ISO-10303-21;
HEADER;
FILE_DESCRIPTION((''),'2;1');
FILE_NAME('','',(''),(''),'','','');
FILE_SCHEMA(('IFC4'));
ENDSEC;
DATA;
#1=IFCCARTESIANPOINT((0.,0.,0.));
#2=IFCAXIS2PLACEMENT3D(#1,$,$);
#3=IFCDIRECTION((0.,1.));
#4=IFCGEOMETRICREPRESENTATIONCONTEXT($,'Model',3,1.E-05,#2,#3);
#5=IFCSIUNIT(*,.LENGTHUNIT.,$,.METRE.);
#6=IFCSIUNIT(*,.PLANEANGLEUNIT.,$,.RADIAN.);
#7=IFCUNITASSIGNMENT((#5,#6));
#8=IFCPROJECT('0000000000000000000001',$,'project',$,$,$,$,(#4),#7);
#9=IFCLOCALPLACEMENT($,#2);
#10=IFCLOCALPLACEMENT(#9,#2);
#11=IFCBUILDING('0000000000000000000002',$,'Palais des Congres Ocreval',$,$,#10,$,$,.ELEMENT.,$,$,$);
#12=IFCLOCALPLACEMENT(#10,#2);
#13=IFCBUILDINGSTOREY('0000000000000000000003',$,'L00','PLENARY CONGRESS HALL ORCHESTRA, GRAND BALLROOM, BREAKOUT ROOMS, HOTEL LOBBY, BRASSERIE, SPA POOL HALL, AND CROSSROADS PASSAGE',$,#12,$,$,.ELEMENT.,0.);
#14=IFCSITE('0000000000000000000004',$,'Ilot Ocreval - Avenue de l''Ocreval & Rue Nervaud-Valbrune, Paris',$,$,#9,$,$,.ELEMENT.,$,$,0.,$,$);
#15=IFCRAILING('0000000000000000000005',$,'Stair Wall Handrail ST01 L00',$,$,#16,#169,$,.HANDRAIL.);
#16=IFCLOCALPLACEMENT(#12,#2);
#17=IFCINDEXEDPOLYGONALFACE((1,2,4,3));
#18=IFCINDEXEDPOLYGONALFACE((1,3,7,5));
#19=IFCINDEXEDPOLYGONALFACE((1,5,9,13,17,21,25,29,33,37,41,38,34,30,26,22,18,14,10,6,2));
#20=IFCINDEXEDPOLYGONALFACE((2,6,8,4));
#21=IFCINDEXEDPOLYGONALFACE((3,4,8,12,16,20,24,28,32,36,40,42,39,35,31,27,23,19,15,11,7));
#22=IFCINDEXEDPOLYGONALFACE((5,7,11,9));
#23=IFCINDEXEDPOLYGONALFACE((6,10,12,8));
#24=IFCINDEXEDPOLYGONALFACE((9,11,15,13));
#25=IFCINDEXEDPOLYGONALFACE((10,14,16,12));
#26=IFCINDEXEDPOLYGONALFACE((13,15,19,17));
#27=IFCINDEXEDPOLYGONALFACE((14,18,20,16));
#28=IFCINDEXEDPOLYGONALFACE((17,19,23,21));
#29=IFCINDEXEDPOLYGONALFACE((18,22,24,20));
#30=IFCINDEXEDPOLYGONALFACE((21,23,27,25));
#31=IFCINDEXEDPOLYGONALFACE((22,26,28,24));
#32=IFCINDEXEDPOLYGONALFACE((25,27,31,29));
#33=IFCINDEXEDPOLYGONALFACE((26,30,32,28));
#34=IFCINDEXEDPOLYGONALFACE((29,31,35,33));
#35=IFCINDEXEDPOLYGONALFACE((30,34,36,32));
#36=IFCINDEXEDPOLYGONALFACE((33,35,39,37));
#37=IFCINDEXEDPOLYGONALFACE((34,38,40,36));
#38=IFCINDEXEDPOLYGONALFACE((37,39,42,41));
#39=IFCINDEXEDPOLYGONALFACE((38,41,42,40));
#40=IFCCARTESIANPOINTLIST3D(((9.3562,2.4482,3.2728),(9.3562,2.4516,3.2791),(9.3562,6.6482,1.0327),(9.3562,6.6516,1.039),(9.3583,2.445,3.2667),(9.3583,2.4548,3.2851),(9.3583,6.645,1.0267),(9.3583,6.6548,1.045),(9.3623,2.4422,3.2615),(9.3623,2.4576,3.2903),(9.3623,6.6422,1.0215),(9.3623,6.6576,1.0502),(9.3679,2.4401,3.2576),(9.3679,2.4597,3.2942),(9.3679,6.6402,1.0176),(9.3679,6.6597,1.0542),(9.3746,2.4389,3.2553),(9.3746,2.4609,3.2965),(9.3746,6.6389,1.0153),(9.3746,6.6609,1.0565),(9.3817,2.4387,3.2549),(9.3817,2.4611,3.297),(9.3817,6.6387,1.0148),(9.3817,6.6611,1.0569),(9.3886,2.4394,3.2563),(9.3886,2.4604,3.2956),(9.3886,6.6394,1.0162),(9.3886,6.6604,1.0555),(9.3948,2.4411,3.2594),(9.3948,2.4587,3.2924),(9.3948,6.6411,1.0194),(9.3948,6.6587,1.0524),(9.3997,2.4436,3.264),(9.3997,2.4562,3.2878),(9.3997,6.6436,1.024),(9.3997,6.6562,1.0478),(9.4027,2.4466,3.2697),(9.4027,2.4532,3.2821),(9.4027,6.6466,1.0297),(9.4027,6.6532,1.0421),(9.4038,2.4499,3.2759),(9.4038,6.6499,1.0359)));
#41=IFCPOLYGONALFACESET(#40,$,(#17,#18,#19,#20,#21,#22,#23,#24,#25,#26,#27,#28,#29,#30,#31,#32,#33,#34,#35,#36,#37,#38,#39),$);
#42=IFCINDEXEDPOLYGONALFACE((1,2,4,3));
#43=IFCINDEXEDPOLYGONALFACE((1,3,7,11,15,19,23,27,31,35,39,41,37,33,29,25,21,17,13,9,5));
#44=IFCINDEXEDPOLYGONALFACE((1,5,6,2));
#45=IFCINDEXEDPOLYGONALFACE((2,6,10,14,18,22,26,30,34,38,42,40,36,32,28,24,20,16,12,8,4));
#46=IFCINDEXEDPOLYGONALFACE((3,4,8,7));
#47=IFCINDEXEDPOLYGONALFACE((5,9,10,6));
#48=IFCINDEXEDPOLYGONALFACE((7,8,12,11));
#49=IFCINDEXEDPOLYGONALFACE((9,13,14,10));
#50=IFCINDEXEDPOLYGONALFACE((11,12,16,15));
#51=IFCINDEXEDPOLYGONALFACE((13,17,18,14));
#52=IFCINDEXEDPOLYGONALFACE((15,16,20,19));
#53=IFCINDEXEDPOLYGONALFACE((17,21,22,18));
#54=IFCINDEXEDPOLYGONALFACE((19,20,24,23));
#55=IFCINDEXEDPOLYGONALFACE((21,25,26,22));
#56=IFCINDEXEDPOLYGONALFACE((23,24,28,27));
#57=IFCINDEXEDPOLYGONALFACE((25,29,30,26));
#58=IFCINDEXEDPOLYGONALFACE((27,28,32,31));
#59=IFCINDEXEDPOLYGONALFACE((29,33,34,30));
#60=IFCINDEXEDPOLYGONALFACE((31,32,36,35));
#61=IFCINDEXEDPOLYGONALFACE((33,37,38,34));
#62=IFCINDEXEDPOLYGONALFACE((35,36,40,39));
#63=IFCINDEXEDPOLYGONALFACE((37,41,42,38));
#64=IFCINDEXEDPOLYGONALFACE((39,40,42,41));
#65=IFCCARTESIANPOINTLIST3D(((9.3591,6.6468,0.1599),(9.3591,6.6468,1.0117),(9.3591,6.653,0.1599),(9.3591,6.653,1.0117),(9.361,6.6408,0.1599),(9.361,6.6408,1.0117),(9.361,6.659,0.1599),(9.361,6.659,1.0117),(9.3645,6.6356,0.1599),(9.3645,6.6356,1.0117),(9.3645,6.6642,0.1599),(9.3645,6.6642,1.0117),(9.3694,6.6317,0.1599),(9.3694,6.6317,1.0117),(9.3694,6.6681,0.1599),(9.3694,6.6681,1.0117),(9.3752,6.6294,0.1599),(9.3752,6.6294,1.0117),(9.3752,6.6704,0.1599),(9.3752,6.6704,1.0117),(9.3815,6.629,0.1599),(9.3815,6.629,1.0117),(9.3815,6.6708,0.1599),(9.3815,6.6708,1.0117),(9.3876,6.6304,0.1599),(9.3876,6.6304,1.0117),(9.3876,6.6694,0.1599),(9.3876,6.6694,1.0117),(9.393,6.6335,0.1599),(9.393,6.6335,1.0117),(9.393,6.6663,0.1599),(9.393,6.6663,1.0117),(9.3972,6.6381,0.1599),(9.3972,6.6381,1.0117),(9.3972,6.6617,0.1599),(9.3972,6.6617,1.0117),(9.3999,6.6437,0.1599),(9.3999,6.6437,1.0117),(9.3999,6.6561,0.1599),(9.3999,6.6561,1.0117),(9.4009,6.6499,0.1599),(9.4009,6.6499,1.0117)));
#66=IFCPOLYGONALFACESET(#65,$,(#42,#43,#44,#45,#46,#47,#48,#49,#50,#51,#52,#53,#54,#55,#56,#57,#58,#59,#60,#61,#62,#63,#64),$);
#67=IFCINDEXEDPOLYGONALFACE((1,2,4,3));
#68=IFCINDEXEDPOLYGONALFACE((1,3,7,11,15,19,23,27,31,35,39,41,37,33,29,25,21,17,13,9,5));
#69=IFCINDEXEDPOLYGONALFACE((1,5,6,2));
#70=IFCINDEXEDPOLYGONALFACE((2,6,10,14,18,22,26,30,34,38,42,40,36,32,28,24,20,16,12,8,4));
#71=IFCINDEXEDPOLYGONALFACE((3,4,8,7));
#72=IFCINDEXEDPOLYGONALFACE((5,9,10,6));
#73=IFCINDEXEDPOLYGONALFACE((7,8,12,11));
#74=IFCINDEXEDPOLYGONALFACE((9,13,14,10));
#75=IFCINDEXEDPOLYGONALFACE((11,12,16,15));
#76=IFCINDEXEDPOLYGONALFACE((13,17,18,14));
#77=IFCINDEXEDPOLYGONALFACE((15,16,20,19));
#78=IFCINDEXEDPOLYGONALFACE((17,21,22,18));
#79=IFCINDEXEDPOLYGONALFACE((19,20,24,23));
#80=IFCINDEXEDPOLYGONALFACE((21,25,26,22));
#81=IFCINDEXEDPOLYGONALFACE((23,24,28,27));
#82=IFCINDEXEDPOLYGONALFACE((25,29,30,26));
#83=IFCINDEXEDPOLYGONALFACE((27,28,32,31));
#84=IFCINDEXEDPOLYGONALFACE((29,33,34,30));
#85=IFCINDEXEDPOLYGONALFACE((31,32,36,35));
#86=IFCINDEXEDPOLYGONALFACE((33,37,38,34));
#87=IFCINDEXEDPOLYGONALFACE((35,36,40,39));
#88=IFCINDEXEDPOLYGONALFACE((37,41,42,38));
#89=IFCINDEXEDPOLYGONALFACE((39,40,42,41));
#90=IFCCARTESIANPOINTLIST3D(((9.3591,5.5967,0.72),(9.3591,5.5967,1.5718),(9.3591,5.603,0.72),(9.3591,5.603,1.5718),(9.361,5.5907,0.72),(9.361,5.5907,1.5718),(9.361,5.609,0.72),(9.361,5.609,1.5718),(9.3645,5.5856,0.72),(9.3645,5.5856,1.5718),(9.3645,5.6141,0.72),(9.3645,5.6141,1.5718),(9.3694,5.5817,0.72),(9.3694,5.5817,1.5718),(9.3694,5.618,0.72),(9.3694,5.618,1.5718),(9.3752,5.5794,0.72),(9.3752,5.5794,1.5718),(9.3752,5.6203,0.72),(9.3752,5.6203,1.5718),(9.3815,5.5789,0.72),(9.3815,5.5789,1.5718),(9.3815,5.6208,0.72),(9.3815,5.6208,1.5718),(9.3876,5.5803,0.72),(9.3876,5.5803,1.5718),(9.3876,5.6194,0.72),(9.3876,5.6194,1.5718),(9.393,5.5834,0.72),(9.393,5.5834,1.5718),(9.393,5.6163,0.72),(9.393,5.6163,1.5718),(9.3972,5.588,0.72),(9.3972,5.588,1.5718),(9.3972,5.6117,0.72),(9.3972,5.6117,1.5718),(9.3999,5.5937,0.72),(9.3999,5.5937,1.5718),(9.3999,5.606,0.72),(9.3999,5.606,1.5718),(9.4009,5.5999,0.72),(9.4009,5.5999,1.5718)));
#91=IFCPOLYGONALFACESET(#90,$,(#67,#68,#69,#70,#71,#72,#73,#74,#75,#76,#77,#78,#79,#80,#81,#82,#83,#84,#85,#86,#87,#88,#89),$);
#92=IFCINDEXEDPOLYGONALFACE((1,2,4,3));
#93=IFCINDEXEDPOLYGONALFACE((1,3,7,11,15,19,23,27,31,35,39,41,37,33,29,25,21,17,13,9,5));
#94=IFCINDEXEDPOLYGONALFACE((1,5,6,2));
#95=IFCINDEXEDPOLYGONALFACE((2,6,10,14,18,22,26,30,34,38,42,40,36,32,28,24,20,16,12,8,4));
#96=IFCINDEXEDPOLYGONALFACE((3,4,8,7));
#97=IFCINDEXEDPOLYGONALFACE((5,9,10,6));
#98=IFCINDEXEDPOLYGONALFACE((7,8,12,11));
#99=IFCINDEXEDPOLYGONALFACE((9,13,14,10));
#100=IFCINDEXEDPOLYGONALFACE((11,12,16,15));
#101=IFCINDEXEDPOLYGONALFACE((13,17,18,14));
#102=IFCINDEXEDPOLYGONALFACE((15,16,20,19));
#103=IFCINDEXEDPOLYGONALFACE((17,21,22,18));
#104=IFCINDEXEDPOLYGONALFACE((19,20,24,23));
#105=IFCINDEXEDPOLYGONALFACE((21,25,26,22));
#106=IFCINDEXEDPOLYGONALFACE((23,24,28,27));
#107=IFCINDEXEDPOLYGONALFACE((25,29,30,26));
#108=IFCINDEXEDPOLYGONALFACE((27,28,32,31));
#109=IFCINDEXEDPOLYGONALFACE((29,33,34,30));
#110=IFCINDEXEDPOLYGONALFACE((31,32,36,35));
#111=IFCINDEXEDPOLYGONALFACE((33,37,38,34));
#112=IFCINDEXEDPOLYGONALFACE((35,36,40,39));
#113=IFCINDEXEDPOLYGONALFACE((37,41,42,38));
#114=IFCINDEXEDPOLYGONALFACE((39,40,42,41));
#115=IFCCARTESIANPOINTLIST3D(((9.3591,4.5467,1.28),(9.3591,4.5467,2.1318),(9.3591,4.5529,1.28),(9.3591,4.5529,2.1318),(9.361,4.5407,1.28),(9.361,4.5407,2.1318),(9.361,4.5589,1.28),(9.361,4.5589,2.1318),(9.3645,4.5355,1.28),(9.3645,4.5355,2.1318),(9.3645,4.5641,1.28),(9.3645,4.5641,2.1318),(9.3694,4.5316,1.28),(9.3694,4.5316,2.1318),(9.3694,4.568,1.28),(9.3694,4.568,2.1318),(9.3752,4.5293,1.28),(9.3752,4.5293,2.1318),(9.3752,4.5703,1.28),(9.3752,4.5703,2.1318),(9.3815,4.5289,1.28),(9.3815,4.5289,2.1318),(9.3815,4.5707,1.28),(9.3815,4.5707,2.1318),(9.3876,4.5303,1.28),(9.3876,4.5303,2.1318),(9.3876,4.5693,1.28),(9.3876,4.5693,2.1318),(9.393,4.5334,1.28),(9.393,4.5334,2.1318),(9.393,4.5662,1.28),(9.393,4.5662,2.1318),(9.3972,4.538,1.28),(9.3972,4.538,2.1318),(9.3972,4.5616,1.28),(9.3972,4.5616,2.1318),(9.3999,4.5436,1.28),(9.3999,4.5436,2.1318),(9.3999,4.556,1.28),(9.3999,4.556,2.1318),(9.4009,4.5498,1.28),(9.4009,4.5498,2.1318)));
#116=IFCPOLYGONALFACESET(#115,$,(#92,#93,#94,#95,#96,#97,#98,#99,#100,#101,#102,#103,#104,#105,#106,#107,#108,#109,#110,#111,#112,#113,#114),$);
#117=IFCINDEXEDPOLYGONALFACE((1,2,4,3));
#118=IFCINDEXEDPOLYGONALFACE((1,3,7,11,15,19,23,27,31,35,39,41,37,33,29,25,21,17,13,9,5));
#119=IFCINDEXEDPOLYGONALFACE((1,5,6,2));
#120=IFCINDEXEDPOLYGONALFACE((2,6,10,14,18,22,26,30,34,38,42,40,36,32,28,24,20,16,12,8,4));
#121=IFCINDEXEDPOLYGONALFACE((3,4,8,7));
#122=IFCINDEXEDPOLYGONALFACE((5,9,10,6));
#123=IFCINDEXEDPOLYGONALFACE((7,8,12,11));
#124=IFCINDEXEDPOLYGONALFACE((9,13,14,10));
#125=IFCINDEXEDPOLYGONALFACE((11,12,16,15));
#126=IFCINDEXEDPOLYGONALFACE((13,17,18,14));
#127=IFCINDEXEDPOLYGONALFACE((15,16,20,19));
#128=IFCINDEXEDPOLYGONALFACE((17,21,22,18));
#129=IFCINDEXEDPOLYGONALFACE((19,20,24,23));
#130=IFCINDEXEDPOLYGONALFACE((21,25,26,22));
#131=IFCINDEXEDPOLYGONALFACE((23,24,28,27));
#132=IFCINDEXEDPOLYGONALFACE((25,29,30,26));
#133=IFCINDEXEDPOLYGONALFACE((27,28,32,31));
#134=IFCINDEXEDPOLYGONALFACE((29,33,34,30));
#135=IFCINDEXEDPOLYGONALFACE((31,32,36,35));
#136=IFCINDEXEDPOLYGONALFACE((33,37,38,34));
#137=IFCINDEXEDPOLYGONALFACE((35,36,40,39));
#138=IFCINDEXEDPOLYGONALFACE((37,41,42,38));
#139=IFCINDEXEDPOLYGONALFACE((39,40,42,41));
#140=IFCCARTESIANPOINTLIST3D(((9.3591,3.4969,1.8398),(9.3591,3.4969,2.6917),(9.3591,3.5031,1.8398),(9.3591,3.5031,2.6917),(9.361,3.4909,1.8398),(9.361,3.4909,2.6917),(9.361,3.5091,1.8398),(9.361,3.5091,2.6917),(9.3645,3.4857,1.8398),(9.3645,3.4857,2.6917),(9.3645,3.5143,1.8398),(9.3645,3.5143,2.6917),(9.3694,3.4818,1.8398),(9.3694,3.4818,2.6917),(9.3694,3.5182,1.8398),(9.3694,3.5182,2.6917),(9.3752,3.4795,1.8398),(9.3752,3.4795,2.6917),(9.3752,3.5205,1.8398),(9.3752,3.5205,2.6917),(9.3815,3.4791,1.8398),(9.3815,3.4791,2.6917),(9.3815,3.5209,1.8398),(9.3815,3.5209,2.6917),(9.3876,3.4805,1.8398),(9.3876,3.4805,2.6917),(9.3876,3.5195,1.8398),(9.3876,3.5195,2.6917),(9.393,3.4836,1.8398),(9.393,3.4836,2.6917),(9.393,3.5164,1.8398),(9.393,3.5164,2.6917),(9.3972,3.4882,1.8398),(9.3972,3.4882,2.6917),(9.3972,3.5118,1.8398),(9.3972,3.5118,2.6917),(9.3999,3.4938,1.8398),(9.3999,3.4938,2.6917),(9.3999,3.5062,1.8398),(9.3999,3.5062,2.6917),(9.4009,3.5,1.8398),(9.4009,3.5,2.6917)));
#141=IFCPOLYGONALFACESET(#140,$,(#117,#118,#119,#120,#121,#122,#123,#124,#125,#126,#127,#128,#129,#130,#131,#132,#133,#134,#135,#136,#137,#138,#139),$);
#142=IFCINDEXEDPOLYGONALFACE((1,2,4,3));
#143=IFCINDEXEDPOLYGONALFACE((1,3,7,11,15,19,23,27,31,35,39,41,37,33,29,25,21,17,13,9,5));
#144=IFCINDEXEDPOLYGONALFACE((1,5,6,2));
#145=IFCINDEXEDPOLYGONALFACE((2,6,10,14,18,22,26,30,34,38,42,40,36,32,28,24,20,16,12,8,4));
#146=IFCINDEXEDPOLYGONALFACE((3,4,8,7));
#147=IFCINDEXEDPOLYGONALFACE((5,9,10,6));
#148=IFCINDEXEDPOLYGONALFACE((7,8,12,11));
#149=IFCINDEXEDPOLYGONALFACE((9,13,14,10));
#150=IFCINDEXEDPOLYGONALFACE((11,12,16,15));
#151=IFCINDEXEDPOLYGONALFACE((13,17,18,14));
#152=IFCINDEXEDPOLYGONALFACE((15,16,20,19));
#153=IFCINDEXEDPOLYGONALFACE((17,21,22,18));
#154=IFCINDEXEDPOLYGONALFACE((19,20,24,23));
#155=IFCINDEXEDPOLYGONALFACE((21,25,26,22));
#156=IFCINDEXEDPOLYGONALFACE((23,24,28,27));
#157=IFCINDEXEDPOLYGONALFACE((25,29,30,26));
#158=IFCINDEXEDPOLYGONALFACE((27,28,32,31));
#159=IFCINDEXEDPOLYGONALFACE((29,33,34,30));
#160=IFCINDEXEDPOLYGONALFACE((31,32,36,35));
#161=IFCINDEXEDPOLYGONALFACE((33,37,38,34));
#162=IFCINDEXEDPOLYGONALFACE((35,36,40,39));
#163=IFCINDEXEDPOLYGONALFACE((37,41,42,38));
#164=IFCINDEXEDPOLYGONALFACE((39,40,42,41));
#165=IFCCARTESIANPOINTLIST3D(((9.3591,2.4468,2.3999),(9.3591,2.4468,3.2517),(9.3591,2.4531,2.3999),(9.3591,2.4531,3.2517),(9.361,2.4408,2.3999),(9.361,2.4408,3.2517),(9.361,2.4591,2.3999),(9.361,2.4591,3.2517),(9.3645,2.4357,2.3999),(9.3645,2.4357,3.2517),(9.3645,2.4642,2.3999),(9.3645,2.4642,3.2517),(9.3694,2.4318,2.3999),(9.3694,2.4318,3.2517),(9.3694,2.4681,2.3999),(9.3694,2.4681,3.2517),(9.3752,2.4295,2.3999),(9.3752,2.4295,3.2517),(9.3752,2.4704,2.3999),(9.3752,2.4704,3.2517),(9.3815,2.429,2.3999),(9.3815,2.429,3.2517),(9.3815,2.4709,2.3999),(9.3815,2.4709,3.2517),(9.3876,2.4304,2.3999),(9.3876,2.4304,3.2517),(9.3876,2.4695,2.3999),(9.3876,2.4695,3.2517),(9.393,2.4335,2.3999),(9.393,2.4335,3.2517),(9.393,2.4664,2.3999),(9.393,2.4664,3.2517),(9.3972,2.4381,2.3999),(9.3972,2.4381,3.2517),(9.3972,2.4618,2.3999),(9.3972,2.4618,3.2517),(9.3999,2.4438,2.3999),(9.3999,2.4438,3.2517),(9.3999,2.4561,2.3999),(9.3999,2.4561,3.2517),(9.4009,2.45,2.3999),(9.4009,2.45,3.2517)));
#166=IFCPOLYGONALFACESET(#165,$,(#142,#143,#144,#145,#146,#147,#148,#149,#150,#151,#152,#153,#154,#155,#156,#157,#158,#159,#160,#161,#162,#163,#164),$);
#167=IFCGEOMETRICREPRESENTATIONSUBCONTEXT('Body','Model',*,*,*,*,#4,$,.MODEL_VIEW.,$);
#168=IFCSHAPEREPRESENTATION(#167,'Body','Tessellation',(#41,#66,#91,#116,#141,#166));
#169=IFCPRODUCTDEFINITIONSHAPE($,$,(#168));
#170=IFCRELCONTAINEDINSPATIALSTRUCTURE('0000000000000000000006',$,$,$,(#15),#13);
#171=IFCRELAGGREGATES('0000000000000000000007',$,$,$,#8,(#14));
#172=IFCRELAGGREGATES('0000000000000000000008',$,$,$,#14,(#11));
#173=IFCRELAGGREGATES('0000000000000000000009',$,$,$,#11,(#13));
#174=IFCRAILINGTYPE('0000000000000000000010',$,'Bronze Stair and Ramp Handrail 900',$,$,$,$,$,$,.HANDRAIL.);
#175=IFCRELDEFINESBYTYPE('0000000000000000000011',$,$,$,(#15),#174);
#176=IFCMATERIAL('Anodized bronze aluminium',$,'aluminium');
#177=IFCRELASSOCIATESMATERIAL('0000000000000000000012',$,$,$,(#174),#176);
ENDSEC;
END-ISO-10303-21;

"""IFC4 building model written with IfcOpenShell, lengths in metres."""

from ifc_helpers import new_model, si_unit, direction, frame, origin, origin_2d, place, context, subcontext, project, spatial, circle, extrude, material, type_object, element, save


model = new_model("IFC4")

# Units and contexts
model_context = context("Model", 3, precision=1e-05, world=origin(), true_north=direction((0.0, 1.0)))
body_context = subcontext(model_context, "Body", "Model", "MODEL_VIEW")
ifc_project = project(units=[si_unit("LENGTHUNIT", "METRE"), si_unit("PLANEANGLEUNIT", "RADIAN")], contexts=[model_context])

# Site, building, storey
site_placement = place(None, origin())
site = spatial("IfcSite", under=ifc_project, at=site_placement, Name="Ilot Ocreval - Avenue de l'Ocreval & Rue Nervaud-Valbrune, Paris", CompositionType="ELEMENT", RefElevation=0.0)
building_placement = place(site_placement, origin())
building = spatial("IfcBuilding", under=site, at=building_placement, Name="Palais des Congres Ocreval", CompositionType="ELEMENT")
storey_placement = place(building_placement, origin())
storey = spatial("IfcBuildingStorey", under=building, at=storey_placement, Name="L00", Description="PLENARY CONGRESS HALL ORCHESTRA, GRAND BALLROOM, BREAKOUT ROOMS, HOTEL LOBBY, BRASSERIE, SPA POOL HALL, AND CROSSROADS PASSAGE", CompositionType="ELEMENT", Elevation=0.0)

# Railing
ifc_material_1 = material(Name="Anodized bronze aluminium", Category="aluminium")
railing_type_1 = type_object("IfcRailingType", Name="Bronze Stair and Ramp Handrail 900", PredefinedType="HANDRAIL", material=ifc_material_1)
railing_1_placement = place(storey_placement, frame((9.3799, 6.6499, 0.1599)))
element("IfcRailing", 1, at=railing_1_placement, inside=storey, type_object=railing_type_1, Name="Stair Wall Handrail ST01 L00", PredefinedType="HANDRAIL", context=body_context, shape_type="SweptSolid", body=[
    extrude(circle(Radius=0.0239, at=origin_2d()), frame((0.0, 0.0, 0.876), z_axis=(0.0, -0.882352, 0.470591), x_axis=(1.0, 0.0, 0.0)), (0.0, 0.0, 1.0), 4.76),
    extrude(circle(Radius=0.021, at=origin_2d()), origin(), (0.0, 0.0, 1.0), 0.8518),
    extrude(circle(Radius=0.021, at=origin_2d()), frame((0.0, -1.05, 0.5601)), (0.0, 0.0, 1.0), 0.8518),
    extrude(circle(Radius=0.021, at=origin_2d()), frame((0.0, -2.1001, 1.1201)), (0.0, 0.0, 1.0), 0.8518),
    extrude(circle(Radius=0.021, at=origin_2d()), frame((0.0, -3.1499, 1.6799)), (0.0, 0.0, 1.0), 0.8518),
    extrude(circle(Radius=0.021, at=origin_2d()), frame((0.0, -4.2, 2.24)), (0.0, 0.0, 1.0), 0.8518),
])

save(model, "model.ifc")
